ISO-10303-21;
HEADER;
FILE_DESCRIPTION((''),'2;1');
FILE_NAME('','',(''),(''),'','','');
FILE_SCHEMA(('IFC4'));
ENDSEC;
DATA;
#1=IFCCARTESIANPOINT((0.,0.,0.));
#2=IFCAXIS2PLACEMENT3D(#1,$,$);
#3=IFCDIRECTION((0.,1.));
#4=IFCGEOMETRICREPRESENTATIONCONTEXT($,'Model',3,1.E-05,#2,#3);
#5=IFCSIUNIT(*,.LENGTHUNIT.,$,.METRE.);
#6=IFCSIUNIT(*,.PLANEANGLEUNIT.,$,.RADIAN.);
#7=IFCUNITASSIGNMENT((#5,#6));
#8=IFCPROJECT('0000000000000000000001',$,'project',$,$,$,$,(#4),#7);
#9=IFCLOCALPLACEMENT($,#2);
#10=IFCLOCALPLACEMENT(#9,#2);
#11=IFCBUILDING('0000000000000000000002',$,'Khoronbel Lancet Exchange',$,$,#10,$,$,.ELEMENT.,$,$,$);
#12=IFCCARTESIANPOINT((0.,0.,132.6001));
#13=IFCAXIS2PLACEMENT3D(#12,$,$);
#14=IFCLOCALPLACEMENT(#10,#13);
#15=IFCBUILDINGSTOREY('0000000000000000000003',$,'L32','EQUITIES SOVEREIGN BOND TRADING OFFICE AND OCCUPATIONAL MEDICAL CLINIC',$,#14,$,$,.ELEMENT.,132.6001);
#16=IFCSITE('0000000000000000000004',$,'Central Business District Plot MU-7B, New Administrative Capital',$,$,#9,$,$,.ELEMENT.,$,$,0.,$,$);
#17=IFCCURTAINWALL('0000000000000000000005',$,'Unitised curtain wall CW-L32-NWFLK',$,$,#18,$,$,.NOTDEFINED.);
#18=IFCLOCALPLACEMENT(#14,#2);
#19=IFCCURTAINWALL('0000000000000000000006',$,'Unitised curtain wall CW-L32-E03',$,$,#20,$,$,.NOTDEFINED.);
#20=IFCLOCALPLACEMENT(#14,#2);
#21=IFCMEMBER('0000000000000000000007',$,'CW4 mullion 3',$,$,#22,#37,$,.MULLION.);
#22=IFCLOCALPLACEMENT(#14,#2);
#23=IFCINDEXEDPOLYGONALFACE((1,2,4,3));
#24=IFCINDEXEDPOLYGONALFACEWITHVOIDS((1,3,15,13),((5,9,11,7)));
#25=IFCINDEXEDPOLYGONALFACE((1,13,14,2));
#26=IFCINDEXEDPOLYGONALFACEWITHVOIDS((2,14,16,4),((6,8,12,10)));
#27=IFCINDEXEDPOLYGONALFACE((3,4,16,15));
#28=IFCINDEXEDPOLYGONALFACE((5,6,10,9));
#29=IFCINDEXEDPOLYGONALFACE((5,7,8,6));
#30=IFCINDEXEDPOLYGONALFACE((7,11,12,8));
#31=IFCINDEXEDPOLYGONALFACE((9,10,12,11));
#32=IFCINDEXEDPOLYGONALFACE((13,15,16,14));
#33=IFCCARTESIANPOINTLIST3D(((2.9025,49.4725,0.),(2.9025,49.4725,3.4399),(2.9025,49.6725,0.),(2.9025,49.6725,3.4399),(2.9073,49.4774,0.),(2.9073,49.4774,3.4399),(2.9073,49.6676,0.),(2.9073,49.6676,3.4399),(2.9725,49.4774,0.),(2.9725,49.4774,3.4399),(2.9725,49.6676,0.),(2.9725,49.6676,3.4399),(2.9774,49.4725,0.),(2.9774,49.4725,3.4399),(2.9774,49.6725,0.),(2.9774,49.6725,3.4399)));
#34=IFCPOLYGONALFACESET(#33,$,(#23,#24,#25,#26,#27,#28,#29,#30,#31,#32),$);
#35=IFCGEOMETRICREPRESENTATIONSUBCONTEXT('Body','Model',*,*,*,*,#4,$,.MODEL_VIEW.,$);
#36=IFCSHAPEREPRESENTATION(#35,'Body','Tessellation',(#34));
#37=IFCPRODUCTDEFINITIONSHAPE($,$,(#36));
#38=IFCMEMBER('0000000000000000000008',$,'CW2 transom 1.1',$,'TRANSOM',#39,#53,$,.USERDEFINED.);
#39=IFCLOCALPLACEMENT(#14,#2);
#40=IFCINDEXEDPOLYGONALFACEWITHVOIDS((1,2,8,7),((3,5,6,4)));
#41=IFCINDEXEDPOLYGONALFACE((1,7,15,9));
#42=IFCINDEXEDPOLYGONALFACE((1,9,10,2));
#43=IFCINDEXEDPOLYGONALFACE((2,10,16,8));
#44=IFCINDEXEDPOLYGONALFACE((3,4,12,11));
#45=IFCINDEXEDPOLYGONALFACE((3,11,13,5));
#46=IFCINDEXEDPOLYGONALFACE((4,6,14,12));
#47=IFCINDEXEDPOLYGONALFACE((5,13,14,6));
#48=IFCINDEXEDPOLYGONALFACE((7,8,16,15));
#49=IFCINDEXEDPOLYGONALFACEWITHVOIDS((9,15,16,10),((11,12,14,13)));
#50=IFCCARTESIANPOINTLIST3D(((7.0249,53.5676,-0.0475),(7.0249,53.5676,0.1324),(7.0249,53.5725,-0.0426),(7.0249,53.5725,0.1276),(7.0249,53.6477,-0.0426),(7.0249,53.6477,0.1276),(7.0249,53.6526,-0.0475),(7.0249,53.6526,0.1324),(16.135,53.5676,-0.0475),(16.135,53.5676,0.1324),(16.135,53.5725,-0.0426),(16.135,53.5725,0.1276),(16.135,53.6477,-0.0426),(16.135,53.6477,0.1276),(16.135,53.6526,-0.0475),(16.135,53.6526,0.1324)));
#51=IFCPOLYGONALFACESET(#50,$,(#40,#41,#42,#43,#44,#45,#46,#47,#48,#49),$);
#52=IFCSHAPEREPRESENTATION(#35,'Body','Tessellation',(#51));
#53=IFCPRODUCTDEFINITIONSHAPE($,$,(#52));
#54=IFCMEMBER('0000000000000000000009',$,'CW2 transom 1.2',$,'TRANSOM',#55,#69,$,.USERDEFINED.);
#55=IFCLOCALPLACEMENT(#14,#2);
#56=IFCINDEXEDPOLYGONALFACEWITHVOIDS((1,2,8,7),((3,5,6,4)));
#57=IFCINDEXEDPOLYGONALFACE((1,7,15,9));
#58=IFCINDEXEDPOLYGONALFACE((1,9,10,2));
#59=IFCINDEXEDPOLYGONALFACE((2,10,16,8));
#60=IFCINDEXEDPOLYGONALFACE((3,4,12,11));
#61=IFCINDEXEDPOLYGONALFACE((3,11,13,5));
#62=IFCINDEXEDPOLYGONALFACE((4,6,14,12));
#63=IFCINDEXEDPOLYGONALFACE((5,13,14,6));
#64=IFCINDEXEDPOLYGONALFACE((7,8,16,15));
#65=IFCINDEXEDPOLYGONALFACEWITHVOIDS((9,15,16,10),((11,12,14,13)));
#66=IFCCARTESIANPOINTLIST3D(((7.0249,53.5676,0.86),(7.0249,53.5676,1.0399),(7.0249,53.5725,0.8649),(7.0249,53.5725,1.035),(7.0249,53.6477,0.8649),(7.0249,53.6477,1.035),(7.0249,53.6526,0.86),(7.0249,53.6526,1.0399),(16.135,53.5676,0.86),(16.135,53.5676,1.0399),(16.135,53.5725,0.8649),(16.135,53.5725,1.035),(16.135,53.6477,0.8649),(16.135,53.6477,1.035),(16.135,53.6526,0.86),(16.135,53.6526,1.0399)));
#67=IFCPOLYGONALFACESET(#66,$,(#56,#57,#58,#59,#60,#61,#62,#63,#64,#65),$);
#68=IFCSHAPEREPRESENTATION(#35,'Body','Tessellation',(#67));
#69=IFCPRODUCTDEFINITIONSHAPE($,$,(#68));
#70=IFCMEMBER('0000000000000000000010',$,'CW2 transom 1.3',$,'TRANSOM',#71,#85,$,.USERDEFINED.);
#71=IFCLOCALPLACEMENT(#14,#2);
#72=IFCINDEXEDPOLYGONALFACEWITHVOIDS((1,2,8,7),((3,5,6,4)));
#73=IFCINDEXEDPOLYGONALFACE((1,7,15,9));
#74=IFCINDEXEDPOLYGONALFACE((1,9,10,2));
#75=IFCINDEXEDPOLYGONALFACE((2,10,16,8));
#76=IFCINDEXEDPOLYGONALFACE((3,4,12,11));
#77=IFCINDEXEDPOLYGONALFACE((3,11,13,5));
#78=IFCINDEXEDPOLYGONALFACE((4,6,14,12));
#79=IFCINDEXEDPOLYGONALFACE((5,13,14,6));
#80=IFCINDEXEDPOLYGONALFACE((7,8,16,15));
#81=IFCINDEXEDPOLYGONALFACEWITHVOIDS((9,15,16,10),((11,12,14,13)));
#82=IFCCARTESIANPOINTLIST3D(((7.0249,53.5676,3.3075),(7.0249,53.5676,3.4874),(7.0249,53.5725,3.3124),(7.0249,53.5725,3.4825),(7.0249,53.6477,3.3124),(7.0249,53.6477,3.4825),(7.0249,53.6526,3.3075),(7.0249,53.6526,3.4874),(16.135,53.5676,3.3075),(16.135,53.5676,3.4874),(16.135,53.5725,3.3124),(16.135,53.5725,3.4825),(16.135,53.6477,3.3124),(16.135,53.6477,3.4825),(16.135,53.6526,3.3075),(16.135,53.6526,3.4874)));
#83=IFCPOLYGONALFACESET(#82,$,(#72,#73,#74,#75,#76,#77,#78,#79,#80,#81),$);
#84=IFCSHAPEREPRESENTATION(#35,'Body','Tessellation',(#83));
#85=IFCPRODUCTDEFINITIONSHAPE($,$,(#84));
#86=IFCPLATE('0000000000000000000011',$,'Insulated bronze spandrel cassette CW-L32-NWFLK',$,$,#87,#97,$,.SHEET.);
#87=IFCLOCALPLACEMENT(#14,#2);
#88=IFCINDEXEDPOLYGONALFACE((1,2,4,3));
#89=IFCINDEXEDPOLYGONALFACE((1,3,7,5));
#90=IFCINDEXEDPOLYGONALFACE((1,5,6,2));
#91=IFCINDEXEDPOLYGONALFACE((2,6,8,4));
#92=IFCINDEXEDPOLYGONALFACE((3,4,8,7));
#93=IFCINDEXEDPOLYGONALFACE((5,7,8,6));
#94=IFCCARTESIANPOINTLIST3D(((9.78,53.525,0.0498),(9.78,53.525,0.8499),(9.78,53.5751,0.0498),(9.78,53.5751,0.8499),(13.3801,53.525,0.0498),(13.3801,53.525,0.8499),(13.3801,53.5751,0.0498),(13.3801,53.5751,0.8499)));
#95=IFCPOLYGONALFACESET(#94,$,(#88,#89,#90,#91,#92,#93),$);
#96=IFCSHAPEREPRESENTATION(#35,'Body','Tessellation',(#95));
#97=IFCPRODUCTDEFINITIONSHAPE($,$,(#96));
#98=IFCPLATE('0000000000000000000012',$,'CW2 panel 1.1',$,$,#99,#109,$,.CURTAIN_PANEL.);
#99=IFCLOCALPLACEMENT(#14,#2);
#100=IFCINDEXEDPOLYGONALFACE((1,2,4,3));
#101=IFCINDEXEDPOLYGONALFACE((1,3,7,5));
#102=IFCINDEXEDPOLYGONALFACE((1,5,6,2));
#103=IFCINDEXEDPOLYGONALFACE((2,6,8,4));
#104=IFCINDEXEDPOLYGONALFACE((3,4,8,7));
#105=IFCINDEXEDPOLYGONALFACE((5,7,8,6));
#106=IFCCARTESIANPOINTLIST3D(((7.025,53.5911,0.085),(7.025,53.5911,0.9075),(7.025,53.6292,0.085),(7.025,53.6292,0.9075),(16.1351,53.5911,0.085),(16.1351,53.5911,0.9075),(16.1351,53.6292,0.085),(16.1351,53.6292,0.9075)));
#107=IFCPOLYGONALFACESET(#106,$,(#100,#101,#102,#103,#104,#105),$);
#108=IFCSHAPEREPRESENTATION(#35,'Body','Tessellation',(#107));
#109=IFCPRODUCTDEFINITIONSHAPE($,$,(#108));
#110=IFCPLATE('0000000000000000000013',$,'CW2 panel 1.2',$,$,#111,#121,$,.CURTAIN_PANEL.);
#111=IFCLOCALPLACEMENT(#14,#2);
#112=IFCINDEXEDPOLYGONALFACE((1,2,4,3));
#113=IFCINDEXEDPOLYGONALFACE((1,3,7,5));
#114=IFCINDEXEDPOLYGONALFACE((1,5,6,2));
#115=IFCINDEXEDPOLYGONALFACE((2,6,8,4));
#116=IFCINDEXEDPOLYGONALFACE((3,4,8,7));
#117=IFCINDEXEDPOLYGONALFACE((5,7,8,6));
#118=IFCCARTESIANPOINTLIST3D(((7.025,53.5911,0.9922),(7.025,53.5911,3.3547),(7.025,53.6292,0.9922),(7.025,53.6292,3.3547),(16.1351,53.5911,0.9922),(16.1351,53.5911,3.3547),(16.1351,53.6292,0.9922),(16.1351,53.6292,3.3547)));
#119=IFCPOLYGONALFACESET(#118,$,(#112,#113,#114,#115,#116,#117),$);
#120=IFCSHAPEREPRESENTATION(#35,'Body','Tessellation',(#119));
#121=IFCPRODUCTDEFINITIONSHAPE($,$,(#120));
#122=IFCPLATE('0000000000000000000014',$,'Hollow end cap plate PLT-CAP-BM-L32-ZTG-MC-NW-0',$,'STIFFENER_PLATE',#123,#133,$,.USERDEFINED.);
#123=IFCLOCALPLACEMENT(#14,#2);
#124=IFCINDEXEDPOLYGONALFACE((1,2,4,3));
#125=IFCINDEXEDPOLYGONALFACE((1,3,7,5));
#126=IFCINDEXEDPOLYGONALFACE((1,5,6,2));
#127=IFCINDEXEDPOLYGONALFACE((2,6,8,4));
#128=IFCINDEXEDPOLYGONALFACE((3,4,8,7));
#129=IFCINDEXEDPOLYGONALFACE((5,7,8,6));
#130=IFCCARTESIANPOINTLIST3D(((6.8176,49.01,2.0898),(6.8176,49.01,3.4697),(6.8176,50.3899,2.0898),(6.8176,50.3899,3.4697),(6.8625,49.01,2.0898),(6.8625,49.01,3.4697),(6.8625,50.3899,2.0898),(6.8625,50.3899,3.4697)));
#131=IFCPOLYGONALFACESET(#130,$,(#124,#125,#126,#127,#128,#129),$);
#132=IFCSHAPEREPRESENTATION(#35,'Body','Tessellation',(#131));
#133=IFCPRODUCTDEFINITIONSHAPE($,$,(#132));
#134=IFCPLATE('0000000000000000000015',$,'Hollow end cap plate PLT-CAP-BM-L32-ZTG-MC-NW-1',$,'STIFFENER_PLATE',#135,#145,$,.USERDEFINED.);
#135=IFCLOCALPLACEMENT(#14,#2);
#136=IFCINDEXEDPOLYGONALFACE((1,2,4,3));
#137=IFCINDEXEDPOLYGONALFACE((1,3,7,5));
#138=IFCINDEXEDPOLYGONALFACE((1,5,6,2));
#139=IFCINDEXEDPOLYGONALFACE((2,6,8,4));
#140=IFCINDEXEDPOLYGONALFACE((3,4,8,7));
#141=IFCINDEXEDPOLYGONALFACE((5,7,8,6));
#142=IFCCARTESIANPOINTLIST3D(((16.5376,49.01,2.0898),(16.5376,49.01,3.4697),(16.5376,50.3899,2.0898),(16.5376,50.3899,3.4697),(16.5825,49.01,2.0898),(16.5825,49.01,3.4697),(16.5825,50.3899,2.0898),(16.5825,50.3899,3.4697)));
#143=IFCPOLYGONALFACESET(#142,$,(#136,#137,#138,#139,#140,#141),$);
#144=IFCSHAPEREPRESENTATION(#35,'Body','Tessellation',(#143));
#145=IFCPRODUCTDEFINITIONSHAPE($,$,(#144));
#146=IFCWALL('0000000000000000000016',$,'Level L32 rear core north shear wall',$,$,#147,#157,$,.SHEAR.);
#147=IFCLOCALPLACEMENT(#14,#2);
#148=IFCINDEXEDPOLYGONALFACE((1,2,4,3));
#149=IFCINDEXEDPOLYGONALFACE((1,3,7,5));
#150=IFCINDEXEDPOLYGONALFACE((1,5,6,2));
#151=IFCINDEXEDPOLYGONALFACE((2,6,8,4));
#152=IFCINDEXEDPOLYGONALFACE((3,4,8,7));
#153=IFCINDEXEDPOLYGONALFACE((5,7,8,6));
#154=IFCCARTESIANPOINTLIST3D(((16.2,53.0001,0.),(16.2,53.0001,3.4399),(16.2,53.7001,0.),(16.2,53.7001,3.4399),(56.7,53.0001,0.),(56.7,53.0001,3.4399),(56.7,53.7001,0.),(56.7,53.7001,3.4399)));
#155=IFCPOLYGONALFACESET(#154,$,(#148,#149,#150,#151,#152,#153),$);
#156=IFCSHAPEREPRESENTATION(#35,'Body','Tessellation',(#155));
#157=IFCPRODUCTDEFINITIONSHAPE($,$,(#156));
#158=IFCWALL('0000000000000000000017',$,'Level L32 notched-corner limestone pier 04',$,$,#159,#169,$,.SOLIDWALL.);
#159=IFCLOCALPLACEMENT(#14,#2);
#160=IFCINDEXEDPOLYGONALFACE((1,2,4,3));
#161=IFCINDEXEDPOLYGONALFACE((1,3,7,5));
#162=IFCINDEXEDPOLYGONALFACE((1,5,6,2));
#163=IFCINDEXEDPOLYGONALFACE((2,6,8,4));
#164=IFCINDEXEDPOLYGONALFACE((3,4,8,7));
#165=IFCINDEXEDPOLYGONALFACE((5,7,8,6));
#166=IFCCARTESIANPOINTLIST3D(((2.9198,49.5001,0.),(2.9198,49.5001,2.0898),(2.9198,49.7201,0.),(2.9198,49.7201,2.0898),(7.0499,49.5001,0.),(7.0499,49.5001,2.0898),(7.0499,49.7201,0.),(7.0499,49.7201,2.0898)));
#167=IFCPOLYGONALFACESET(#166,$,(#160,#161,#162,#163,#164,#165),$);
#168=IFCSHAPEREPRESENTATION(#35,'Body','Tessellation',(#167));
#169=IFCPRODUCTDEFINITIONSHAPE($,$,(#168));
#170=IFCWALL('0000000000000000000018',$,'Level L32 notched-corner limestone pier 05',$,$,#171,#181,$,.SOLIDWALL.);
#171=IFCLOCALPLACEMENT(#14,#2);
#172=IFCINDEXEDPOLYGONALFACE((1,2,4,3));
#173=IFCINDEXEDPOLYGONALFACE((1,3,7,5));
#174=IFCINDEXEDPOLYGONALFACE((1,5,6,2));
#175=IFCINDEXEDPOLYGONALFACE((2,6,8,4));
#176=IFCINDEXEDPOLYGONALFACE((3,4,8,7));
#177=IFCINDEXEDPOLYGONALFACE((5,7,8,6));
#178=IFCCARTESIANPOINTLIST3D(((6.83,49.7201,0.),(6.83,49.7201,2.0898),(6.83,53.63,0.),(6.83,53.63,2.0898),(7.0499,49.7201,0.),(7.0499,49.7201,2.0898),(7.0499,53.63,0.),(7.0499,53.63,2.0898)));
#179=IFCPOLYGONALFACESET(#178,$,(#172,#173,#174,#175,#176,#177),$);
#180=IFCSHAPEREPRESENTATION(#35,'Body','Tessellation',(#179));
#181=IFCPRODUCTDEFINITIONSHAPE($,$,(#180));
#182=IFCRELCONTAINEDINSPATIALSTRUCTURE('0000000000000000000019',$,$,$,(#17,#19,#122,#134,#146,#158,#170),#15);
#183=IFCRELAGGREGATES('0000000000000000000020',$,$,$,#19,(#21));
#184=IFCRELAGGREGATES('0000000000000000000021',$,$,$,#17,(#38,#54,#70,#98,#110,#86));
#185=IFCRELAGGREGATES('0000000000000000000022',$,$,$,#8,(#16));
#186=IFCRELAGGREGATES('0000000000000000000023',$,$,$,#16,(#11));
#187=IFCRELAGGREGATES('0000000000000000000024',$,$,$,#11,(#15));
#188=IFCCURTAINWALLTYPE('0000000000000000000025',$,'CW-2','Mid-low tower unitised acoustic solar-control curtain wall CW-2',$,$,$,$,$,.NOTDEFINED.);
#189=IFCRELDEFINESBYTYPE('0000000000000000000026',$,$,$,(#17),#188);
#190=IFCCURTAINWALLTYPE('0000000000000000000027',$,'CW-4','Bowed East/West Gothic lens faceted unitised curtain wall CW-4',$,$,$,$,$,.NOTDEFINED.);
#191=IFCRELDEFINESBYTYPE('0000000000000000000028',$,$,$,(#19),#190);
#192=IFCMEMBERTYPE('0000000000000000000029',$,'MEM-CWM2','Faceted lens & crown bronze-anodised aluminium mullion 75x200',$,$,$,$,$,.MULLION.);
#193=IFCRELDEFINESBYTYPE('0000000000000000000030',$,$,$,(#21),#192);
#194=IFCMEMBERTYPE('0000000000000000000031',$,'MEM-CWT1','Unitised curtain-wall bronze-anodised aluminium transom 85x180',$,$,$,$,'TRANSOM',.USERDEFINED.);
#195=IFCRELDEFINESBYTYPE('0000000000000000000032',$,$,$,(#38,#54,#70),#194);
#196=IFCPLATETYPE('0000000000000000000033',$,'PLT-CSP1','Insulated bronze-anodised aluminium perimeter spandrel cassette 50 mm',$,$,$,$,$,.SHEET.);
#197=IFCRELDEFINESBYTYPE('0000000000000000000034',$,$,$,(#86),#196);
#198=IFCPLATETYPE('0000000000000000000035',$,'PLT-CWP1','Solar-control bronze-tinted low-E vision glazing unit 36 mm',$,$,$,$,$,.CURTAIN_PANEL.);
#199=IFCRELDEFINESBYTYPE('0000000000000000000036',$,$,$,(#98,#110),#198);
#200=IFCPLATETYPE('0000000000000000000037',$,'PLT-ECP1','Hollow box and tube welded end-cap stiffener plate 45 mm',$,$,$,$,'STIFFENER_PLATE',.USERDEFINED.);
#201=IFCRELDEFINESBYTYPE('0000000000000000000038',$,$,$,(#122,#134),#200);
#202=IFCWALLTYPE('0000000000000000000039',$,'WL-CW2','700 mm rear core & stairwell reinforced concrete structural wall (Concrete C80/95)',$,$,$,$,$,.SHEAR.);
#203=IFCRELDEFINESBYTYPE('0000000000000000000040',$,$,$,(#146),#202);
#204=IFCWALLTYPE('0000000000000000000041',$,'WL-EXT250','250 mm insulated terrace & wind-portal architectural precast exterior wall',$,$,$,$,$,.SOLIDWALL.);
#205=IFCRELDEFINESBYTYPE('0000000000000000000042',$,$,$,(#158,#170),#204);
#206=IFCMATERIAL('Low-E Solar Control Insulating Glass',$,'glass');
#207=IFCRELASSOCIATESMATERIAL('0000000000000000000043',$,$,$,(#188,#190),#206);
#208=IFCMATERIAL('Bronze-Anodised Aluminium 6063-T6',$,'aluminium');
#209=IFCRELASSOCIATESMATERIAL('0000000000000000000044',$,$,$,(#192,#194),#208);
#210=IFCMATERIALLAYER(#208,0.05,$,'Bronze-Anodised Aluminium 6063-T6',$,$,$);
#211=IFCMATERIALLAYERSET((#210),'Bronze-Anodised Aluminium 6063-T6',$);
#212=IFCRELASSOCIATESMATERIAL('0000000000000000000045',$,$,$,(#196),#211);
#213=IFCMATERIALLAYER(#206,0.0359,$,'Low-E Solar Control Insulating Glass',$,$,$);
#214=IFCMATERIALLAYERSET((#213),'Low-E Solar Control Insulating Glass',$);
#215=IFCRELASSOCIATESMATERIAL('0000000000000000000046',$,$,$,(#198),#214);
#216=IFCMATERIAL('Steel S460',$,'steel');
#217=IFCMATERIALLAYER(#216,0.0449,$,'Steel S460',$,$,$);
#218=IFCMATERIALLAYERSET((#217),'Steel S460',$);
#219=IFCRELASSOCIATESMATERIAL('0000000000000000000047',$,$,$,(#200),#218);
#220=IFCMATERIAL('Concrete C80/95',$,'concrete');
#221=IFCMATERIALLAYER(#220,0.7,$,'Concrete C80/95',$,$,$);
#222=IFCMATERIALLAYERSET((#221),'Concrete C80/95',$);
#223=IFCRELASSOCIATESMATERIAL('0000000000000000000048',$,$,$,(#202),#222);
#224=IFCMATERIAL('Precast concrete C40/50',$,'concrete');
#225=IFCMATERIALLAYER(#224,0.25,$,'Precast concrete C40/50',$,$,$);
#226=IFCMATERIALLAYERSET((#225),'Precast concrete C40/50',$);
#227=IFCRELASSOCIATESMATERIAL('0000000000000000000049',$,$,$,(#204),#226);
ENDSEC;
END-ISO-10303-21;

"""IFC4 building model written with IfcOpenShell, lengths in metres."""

from ifc_helpers import new_model, si_unit, direction, frame, frame_2d, origin, origin_2d, place, context, subcontext, project, spatial, rectangle, hollow_rectangle, extrude, material, layer, layer_set, material_profile, profile_set, type_object, element, aggregate, save


model = new_model("IFC4")

# Units and contexts
model_context = context("Model", 3, precision=1e-05, world=origin(), true_north=direction((0.0, 1.0)))
body_context = subcontext(model_context, "Body", "Model", "MODEL_VIEW")
ifc_project = project(units=[si_unit("LENGTHUNIT", "METRE"), si_unit("PLANEANGLEUNIT", "RADIAN")], contexts=[model_context])

# Site, building, storey
site_placement = place(None, origin())
site = spatial("IfcSite", under=ifc_project, at=site_placement, Name="Central Business District Plot MU-7B, New Administrative Capital", CompositionType="ELEMENT", RefElevation=0.0)
building_placement = place(site_placement, origin())
building = spatial("IfcBuilding", under=site, at=building_placement, Name="Khoronbel Lancet Exchange", CompositionType="ELEMENT")
storey_placement = place(building_placement, frame((0.0, 0.0, 132.6001)))
storey = spatial("IfcBuildingStorey", under=building, at=storey_placement, Name="L32", Description="EQUITIES SOVEREIGN BOND TRADING OFFICE AND OCCUPATIONAL MEDICAL CLINIC", CompositionType="ELEMENT", Elevation=132.6001)

# Shared definitions
ifc_material_1 = material(Name="Steel S460", Category="steel")

# Curtain wall
ifc_material_2 = material(Name="Low-E Solar Control Insulating Glass", Category="glass")
curtain_wall_type_1 = type_object("IfcCurtainWallType", Name="CW-2", Description="Mid-low tower unitised acoustic solar-control curtain wall CW-2", PredefinedType="NOTDEFINED", material=ifc_material_2)
curtain_wall_1_placement = place(storey_placement, origin())
curtain_wall_1 = element("IfcCurtainWall", 1, at=curtain_wall_1_placement, inside=storey, type_object=curtain_wall_type_1, Name="Unitised curtain wall CW-L32-NWFLK", PredefinedType="NOTDEFINED")
ifc_material_3 = material(Name="Bronze-Anodised Aluminium 6063-T6", Category="aluminium")

# Curtain wall, member
curtain_wall_type_2 = type_object("IfcCurtainWallType", Name="CW-4", Description="Bowed East/West Gothic lens faceted unitised curtain wall CW-4", PredefinedType="NOTDEFINED", material=ifc_material_2)
curtain_wall_2_placement = place(storey_placement, origin())
curtain_wall_2 = element("IfcCurtainWall", 2, at=curtain_wall_2_placement, inside=storey, type_object=curtain_wall_type_2, Name="Unitised curtain wall CW-L32-E03", PredefinedType="NOTDEFINED")
ifc_material_profile_1 = material_profile(ifc_material_3, hollow_rectangle(XDim=0.075, YDim=0.2, WallThickness=0.0049, at=origin_2d()), Name="ALU MULLION 75x200")
ifc_profile_set_1 = profile_set([ifc_material_profile_1], Name="Bronze-Anodised Aluminium 6063-T6")
member_type_1 = type_object("IfcMemberType", Name="MEM-CWM2", Description="Faceted lens & crown bronze-anodised aluminium mullion 75x200", PredefinedType="MULLION", material=ifc_profile_set_1)
member_1_placement = place(storey_placement, frame((2.9399, 49.5725, 0.0), z_axis=(0.0, 0.0, 1.0), x_axis=(-1.0, 0.0, 0.0)))
member_1 = element("IfcMember", 3, at=member_1_placement, type_object=member_type_1, Name="CW4 mullion 3", PredefinedType="MULLION", context=body_context, shape_type="SweptSolid", body=[
    extrude(hollow_rectangle(XDim=0.075, YDim=0.2, WallThickness=0.0049, at=origin_2d()), origin(), (0.0, 0.0, 1.0), 3.4399),
])
aggregate(curtain_wall_2, [member_1])

# Members
ifc_material_profile_2 = material_profile(ifc_material_3, hollow_rectangle(XDim=0.085, YDim=0.1799, WallThickness=0.0049, at=origin_2d()), Name="ALU TRANSOM 85x180")
ifc_profile_set_2 = profile_set([ifc_material_profile_2], Name="Bronze-Anodised Aluminium 6063-T6")
member_type_2 = type_object("IfcMemberType", Name="MEM-CWT1", Description="Unitised curtain-wall bronze-anodised aluminium transom 85x180", ElementType="TRANSOM", PredefinedType="USERDEFINED", material=ifc_profile_set_2)
member_2_placement = place(storey_placement, frame((16.135, 53.6101, 0.0425), z_axis=(-1.0, 0.0, 0.0), x_axis=(0.0, -1.0, 0.0)))
member_2 = element("IfcMember", 4, at=member_2_placement, type_object=member_type_2, Name="CW2 transom 1.1", ObjectType="TRANSOM", PredefinedType="USERDEFINED", context=body_context, shape_type="SweptSolid", body=[
    extrude(hollow_rectangle(XDim=0.085, YDim=0.1799, WallThickness=0.0049, at=origin_2d()), origin(), (0.0, 0.0, 1.0), 9.1101),
])
member_3_placement = place(storey_placement, frame((16.135, 53.6101, 0.95), z_axis=(-1.0, 0.0, 0.0), x_axis=(0.0, -1.0, 0.0)))
member_3 = element("IfcMember", 5, at=member_3_placement, type_object=member_type_2, Name="CW2 transom 1.2", ObjectType="TRANSOM", PredefinedType="USERDEFINED", context=body_context, shape_type="SweptSolid", body=[
    extrude(hollow_rectangle(XDim=0.085, YDim=0.1799, WallThickness=0.0049, at=origin_2d()), origin(), (0.0, 0.0, 1.0), 9.1101),
])
member_4_placement = place(storey_placement, frame((16.135, 53.6101, 3.3975), z_axis=(-1.0, 0.0, 0.0), x_axis=(0.0, -1.0, 0.0)))
member_4 = element("IfcMember", 6, at=member_4_placement, type_object=member_type_2, Name="CW2 transom 1.3", ObjectType="TRANSOM", PredefinedType="USERDEFINED", context=body_context, shape_type="SweptSolid", body=[
    extrude(hollow_rectangle(XDim=0.085, YDim=0.1799, WallThickness=0.0049, at=origin_2d()), origin(), (0.0, 0.0, 1.0), 9.1101),
])

# Plates
ifc_layer_1 = layer(ifc_material_3, 0.05, Name="Bronze-Anodised Aluminium 6063-T6")
ifc_layer_set_1 = layer_set([ifc_layer_1], Name="Bronze-Anodised Aluminium 6063-T6")
plate_type_1 = type_object("IfcPlateType", Name="PLT-CSP1", Description="Insulated bronze-anodised aluminium perimeter spandrel cassette 50 mm", PredefinedType="SHEET", material=ifc_layer_set_1)
plate_1_placement = place(storey_placement, frame((11.5801, 53.55, 0.0498), z_axis=(0.0, 0.0, 1.0), x_axis=(-1.0, 0.0, 0.0)))
plate_1 = element("IfcPlate", 7, at=plate_1_placement, type_object=plate_type_1, Name="Insulated bronze spandrel cassette CW-L32-NWFLK", PredefinedType="SHEET", context=body_context, shape_type="SweptSolid", body=[
    extrude(rectangle(XDim=3.6001, YDim=0.05, at=origin_2d()), origin(), (0.0, 0.0, 1.0), 0.8),
])
ifc_layer_2 = layer(ifc_material_2, 0.0359, Name="Low-E Solar Control Insulating Glass")
ifc_layer_set_2 = layer_set([ifc_layer_2], Name="Low-E Solar Control Insulating Glass")
plate_type_2 = type_object("IfcPlateType", Name="PLT-CWP1", Description="Solar-control bronze-tinted low-E vision glazing unit 36 mm", PredefinedType="CURTAIN_PANEL", material=ifc_layer_set_2)
plate_2_placement = place(storey_placement, frame((11.5801, 53.6101, 0.085), z_axis=(0.0, 0.0, 1.0), x_axis=(-1.0, 0.0, 0.0)))
plate_2 = element("IfcPlate", 8, at=plate_2_placement, type_object=plate_type_2, Name="CW2 panel 1.1", PredefinedType="CURTAIN_PANEL", context=body_context, shape_type="SweptSolid", body=[
    extrude(rectangle(XDim=9.1101, YDim=0.0381, at=origin_2d()), origin(), (0.0, 0.0, 1.0), 0.8225),
])
plate_3_placement = place(storey_placement, frame((11.5801, 53.6101, 0.9922), z_axis=(0.0, 0.0, 1.0), x_axis=(-1.0, 0.0, 0.0)))
plate_3 = element("IfcPlate", 9, at=plate_3_placement, type_object=plate_type_2, Name="CW2 panel 1.2", PredefinedType="CURTAIN_PANEL", context=body_context, shape_type="SweptSolid", body=[
    extrude(rectangle(XDim=9.1101, YDim=0.0381, at=origin_2d()), origin(), (0.0, 0.0, 1.0), 2.3625),
])
aggregate(curtain_wall_1, [member_2, member_3, member_4, plate_2, plate_3, plate_1])

# Plates
ifc_layer_3 = layer(ifc_material_1, 0.0449, Name="Steel S460")
ifc_layer_set_3 = layer_set([ifc_layer_3], Name="Steel S460")
plate_type_3 = type_object("IfcPlateType", Name="PLT-ECP1", Description="Hollow box and tube welded end-cap stiffener plate 45 mm", ElementType="STIFFENER_PLATE", PredefinedType="USERDEFINED", material=ifc_layer_set_3)
for number, where, z_axis, x_axis, name in (
    (10, (6.8401, 49.7, 2.0898), (0.0, 0.0, 1.0), (-1.0, 0.0, 0.0), "Hollow end cap plate PLT-CAP-BM-L32-ZTG-MC-NW-0"),
    (11, (16.5601, 49.7, 2.0898), (0.0, 0.0, 1.0), (1.0, 0.0, 0.0), "Hollow end cap plate PLT-CAP-BM-L32-ZTG-MC-NW-1"),
):
    element("IfcPlate", number, at=place(storey_placement, frame(where, z_axis=z_axis, x_axis=x_axis)), inside=storey, type_object=plate_type_3, Name=name, ObjectType="STIFFENER_PLATE", PredefinedType="USERDEFINED", context=body_context, shape_type="SweptSolid", body=[
        extrude(rectangle(XDim=0.0449, YDim=1.3799, at=origin_2d()), origin(), (0.0, 0.0, 1.0), 1.3799),
    ])

# Walls
ifc_material_4 = material(Name="Concrete C80/95", Category="concrete")
ifc_layer_4 = layer(ifc_material_4, 0.7, Name="Concrete C80/95")
ifc_layer_set_4 = layer_set([ifc_layer_4], Name="Concrete C80/95")
wall_type_1 = type_object("IfcWallType", Name="WL-CW2", Description="700 mm rear core & stairwell reinforced concrete structural wall (Concrete C80/95)", PredefinedType="SHEAR", material=ifc_layer_set_4)
wall_1_placement = place(storey_placement, frame((16.2, 53.3501, 0.0), z_axis=(0.0, 0.0, 1.0), x_axis=(1.0, 0.0, 0.0)))
element("IfcWall", 12, at=wall_1_placement, inside=storey, type_object=wall_type_1, Name="Level L32 rear core north shear wall", PredefinedType="SHEAR", context=body_context, shape_type="SweptSolid", body=[
    extrude(rectangle(XDim=40.5, YDim=0.7, at=frame_2d((20.25, 0.0))), origin(), (0.0, 0.0, 1.0), 3.4399),
])
ifc_material_5 = material(Name="Precast concrete C40/50", Category="concrete")
ifc_layer_5 = layer(ifc_material_5, 0.25, Name="Precast concrete C40/50")
ifc_layer_set_5 = layer_set([ifc_layer_5], Name="Precast concrete C40/50")
wall_type_2 = type_object("IfcWallType", Name="WL-EXT250", Description="250 mm insulated terrace & wind-portal architectural precast exterior wall", PredefinedType="SOLIDWALL", material=ifc_layer_set_5)
wall_2_placement = place(storey_placement, frame((2.9199, 49.6101, 0.0), z_axis=(0.0, 0.0, 1.0), x_axis=(1.0, 0.0, 0.0)))
element("IfcWall", 13, at=wall_2_placement, inside=storey, type_object=wall_type_2, Name="Level L32 notched-corner limestone pier 04", PredefinedType="SOLIDWALL", context=body_context, shape_type="SweptSolid", body=[
    extrude(rectangle(XDim=4.1301, YDim=0.22, at=frame_2d((2.0649, 0.0))), origin(), (0.0, 0.0, 1.0), 2.0898),
])
wall_3_placement = place(storey_placement, frame((6.9399, 49.72, 0.0), z_axis=(0.0, 0.0, 1.0), x_axis=(0.0, 1.0, 0.0)))
element("IfcWall", 14, at=wall_3_placement, inside=storey, type_object=wall_type_2, Name="Level L32 notched-corner limestone pier 05", PredefinedType="SOLIDWALL", context=body_context, shape_type="SweptSolid", body=[
    extrude(rectangle(XDim=3.9099, YDim=0.22, at=frame_2d((1.9551, 0.0))), origin(), (0.0, 0.0, 1.0), 2.0898),
])

save(model, "model.ifc")
